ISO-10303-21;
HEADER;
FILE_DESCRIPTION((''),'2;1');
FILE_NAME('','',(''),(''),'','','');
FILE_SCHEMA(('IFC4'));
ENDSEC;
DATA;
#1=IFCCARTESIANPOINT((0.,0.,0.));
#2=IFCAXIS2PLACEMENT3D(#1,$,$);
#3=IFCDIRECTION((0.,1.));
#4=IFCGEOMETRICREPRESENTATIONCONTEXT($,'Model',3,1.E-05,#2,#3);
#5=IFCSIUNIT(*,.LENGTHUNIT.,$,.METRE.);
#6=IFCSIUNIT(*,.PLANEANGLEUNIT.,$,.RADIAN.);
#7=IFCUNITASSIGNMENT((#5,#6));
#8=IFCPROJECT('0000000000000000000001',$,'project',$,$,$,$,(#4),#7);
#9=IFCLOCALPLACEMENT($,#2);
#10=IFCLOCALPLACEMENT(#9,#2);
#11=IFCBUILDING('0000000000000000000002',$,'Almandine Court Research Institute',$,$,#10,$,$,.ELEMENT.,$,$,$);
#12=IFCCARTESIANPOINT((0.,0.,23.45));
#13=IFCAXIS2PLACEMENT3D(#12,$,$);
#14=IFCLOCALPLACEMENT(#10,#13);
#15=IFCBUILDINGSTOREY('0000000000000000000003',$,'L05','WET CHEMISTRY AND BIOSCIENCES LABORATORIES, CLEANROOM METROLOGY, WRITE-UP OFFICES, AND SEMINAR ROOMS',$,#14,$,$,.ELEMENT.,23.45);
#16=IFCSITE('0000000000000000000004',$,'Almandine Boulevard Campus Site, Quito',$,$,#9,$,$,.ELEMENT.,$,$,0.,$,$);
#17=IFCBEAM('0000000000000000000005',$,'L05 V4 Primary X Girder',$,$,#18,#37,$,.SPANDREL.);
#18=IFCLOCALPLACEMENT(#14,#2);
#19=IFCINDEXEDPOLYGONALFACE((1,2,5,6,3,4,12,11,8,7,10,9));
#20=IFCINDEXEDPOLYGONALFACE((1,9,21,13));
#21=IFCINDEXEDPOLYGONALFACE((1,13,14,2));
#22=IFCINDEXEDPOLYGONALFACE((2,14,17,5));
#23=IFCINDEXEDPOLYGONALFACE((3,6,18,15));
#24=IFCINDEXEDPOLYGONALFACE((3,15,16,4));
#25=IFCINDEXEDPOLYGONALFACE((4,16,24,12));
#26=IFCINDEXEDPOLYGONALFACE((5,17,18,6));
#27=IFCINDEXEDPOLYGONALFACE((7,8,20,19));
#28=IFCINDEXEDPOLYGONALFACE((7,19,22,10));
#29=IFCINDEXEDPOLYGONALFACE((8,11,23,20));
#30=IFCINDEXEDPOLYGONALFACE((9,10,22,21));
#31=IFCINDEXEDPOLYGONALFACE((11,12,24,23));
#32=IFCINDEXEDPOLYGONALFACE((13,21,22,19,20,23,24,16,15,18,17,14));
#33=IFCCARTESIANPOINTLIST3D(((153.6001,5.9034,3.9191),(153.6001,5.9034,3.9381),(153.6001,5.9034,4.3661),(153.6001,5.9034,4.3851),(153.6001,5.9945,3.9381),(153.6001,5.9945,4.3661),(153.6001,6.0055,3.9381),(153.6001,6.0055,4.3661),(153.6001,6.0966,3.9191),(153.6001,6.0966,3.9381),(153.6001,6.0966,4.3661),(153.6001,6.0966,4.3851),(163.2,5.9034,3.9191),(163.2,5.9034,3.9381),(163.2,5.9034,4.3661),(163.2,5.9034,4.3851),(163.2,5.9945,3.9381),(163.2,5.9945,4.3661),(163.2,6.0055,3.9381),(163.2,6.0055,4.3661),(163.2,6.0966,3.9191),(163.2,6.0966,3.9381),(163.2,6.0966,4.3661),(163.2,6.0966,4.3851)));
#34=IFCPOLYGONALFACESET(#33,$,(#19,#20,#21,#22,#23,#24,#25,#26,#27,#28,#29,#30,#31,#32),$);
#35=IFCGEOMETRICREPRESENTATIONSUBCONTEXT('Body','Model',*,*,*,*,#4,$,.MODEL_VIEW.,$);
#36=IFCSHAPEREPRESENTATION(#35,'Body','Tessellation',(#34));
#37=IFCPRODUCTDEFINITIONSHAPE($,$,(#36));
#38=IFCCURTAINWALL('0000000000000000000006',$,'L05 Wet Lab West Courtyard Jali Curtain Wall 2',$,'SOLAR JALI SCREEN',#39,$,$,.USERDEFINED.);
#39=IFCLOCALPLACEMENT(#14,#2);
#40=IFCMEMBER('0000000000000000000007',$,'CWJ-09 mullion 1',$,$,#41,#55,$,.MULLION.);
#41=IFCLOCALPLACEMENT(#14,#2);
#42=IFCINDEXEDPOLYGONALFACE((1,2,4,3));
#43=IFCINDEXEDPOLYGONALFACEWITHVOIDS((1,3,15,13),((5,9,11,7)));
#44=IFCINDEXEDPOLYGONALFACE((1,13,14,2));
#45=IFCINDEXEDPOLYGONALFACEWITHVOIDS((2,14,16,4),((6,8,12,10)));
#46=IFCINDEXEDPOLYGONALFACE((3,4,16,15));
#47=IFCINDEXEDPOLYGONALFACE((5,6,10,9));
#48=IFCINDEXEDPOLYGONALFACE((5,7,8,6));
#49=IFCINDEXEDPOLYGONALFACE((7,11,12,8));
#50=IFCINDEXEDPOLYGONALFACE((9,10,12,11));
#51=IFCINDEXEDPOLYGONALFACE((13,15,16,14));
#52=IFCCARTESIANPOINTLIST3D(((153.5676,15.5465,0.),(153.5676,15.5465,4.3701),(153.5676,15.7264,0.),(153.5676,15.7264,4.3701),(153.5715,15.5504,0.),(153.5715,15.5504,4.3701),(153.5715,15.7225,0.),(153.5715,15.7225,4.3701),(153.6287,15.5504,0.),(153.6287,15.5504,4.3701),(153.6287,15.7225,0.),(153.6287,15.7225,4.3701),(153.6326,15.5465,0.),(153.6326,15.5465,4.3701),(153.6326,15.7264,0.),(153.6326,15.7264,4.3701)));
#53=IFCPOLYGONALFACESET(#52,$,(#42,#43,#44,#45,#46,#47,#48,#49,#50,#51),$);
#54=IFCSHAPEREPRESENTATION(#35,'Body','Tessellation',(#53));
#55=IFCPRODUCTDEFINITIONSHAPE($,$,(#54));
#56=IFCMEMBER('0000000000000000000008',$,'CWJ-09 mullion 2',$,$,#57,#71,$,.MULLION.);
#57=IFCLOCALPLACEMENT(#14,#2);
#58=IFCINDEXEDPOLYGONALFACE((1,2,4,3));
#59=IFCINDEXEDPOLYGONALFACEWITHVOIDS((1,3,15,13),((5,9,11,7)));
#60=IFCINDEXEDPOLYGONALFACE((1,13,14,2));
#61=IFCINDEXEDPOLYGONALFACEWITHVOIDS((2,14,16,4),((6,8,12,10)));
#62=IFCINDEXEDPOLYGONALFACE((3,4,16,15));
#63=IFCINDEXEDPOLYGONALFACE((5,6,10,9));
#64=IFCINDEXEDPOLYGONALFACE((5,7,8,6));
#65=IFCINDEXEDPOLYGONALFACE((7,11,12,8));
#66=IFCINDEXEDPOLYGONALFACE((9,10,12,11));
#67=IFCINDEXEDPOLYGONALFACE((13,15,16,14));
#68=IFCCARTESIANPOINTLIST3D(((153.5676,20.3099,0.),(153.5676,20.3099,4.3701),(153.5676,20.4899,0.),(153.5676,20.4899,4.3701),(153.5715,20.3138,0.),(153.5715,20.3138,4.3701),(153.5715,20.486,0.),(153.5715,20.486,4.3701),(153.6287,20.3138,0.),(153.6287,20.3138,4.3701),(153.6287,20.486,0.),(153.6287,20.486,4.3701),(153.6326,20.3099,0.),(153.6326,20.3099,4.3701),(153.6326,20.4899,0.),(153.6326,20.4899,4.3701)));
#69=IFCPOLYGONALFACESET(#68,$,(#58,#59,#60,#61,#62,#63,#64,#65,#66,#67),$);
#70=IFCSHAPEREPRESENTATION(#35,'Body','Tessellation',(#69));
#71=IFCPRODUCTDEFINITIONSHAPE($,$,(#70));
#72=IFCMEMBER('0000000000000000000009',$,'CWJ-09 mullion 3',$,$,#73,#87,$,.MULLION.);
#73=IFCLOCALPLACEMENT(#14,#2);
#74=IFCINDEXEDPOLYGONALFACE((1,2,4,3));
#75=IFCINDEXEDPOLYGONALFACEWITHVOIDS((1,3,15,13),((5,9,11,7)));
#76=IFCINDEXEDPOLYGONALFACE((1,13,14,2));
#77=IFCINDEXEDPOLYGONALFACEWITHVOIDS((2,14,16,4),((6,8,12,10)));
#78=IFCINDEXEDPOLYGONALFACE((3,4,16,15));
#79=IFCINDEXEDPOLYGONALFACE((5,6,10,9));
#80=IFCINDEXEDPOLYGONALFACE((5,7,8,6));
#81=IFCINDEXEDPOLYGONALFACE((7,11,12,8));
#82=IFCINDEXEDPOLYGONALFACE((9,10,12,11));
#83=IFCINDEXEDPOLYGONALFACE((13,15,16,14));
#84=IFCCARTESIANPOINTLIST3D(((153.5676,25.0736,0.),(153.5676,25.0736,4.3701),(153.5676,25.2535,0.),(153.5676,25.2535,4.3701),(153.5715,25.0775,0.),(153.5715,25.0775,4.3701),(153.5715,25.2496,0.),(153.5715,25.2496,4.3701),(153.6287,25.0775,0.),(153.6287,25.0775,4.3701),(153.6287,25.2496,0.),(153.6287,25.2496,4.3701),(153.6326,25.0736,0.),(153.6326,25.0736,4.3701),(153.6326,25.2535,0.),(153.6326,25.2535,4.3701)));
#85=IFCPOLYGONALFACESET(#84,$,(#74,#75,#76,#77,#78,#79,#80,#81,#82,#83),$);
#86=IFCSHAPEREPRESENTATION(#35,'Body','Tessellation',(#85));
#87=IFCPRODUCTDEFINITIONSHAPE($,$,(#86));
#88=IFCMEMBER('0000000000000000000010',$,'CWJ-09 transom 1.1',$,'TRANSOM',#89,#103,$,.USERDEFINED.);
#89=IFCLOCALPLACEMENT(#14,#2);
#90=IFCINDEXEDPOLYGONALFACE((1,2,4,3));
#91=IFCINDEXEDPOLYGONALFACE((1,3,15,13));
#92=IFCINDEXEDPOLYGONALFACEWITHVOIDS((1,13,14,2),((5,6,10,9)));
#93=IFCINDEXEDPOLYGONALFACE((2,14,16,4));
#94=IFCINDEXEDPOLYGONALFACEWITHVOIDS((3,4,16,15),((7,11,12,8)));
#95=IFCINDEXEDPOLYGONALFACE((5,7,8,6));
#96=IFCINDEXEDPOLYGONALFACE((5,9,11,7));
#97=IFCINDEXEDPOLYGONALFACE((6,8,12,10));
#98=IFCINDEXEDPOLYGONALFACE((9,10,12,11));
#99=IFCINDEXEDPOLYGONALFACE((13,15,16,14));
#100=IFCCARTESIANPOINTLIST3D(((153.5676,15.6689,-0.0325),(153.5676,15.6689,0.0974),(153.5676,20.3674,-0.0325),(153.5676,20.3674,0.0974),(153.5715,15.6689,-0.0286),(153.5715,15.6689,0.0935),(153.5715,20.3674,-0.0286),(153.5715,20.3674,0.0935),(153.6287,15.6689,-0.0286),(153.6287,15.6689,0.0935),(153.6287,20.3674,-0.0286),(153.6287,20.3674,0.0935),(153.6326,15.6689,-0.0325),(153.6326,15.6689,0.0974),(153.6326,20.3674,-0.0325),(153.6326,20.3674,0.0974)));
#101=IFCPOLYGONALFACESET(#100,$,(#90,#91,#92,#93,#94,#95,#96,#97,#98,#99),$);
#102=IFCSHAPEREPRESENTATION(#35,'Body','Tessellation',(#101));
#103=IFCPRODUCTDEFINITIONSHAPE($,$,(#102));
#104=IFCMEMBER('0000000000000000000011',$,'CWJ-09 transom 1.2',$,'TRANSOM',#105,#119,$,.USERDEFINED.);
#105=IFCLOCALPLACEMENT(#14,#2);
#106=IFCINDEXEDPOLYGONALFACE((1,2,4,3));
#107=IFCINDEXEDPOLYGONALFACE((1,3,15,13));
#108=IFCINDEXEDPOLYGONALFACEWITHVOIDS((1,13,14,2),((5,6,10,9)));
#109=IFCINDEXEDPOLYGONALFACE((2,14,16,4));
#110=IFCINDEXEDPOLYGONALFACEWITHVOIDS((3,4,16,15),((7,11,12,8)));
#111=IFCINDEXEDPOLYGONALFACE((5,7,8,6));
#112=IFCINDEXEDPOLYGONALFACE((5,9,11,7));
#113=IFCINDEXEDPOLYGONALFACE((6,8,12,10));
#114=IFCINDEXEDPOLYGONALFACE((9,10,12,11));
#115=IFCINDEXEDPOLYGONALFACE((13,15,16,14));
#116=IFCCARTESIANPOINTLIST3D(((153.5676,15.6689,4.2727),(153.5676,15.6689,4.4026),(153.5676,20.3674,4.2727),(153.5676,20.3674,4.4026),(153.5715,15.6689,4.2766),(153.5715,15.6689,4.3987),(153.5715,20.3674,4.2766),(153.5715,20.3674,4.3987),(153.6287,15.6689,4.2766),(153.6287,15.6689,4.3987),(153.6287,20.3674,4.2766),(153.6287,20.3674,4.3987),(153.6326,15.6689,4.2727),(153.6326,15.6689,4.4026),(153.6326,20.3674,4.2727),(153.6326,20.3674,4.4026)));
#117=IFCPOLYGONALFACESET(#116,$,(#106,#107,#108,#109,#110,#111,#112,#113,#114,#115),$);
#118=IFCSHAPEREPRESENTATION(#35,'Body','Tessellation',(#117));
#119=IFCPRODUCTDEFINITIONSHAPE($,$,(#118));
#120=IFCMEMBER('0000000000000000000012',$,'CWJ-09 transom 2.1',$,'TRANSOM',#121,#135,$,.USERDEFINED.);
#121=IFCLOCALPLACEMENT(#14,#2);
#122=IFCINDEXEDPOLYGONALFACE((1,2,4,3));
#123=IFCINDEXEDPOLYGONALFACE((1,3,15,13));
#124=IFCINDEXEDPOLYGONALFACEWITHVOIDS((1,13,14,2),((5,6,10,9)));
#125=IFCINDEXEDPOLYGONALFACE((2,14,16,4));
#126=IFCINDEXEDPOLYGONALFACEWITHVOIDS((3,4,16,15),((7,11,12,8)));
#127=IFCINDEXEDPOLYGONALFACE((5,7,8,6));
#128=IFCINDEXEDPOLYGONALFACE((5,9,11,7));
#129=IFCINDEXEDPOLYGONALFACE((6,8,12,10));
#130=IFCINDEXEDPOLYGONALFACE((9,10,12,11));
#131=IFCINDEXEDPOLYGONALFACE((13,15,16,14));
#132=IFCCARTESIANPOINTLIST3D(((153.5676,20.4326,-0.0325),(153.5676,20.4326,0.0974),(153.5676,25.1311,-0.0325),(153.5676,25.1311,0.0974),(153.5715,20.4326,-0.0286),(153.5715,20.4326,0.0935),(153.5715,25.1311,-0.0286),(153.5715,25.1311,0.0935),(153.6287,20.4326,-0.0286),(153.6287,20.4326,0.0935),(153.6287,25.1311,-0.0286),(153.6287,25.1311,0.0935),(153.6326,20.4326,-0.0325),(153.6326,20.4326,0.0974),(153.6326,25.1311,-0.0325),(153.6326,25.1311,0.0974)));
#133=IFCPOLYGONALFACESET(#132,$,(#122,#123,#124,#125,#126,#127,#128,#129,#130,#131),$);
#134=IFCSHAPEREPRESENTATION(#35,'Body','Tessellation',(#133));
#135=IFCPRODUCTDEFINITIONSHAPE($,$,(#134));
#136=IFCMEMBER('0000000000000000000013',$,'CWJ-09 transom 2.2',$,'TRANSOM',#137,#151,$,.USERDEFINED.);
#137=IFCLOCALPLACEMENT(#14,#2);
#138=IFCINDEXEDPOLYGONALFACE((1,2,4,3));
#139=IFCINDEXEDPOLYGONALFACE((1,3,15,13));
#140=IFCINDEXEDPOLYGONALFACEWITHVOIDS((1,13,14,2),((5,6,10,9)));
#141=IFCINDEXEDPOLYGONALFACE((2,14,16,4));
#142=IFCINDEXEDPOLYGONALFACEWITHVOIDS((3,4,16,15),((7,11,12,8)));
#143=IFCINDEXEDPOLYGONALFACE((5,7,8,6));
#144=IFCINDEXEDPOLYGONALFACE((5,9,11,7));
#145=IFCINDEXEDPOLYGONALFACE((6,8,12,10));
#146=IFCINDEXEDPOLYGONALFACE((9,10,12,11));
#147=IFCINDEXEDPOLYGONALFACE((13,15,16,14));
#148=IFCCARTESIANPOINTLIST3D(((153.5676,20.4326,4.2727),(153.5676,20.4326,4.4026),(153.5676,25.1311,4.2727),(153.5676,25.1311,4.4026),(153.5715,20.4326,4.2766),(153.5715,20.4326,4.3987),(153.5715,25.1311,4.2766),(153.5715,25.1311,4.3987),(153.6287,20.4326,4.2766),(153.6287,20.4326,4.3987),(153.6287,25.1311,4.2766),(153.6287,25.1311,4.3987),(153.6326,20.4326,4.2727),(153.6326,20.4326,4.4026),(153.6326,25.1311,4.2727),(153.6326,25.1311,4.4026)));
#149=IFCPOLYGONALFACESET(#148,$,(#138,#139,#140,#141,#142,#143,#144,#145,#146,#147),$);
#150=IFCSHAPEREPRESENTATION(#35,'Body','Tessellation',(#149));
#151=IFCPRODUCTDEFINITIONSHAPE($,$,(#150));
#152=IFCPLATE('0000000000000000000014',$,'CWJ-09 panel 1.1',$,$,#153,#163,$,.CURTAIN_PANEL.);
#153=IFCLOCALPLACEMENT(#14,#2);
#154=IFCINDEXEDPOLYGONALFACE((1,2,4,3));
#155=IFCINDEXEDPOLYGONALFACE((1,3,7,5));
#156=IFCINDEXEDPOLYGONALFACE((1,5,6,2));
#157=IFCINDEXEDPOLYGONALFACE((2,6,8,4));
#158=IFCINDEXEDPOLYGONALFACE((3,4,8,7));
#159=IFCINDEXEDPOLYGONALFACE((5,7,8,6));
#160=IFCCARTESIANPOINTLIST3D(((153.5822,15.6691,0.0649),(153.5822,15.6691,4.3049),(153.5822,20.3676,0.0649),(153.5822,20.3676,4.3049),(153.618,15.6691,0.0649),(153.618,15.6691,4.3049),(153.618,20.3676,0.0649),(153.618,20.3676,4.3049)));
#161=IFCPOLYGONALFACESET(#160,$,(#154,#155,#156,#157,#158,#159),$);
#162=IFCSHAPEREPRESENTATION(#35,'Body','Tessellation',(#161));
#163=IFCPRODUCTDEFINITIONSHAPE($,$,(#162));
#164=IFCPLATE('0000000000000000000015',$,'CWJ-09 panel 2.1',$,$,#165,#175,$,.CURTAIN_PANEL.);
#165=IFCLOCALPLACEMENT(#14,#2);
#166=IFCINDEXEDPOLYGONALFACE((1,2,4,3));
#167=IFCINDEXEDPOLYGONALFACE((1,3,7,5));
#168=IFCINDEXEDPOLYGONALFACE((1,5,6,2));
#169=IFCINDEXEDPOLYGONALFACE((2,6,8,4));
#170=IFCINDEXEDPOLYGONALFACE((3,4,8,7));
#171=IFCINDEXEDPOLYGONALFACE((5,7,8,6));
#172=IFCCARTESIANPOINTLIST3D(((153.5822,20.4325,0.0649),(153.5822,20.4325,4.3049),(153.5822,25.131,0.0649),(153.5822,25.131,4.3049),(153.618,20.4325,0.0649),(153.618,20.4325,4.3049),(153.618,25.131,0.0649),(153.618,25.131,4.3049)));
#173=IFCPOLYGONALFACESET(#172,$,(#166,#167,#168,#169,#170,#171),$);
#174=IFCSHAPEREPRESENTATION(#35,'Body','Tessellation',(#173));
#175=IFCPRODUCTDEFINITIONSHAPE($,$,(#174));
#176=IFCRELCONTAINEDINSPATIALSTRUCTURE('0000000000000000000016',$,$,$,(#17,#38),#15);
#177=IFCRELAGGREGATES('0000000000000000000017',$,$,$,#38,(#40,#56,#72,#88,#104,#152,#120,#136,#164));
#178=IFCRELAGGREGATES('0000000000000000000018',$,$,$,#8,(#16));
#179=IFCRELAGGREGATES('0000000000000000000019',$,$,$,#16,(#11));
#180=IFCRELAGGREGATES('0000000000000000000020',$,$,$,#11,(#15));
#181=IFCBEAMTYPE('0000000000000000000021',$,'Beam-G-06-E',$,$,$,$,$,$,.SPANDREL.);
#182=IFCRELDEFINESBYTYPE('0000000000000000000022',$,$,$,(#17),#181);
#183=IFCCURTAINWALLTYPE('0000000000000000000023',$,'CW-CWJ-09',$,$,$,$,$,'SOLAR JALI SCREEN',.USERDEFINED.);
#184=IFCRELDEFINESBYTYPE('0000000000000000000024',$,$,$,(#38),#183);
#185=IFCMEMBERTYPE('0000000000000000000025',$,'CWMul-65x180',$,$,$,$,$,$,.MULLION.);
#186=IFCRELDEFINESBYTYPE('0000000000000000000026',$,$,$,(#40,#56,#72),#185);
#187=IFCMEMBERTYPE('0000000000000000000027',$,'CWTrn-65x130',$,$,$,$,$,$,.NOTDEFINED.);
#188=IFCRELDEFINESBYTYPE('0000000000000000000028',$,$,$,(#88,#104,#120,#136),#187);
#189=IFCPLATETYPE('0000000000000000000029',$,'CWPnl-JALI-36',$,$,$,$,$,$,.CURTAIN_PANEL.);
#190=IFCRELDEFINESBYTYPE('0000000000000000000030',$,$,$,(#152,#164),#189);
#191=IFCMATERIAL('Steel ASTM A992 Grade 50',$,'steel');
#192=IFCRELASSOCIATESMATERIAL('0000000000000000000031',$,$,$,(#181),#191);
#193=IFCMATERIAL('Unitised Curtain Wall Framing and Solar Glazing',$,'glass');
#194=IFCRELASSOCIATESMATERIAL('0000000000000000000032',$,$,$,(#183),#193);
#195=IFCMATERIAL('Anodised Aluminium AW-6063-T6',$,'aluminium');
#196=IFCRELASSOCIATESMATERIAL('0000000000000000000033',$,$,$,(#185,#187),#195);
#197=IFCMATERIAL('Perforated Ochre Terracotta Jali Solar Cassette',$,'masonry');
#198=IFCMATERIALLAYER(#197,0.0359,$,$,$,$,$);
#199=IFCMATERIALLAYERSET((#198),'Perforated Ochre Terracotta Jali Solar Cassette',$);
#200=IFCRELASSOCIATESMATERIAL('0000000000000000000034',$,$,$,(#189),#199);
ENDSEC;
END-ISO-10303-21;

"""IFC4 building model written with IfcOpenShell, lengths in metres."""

from ifc_helpers import new_model, si_unit, direction, frame, origin, origin_2d, place, context, subcontext, project, spatial, rectangle, hollow_rectangle, i_section, extrude, material, layer, layer_set, material_profile, profile_set, type_object, element, aggregate, save


model = new_model("IFC4")

# Units and contexts
model_context = context("Model", 3, precision=1e-05, world=origin(), true_north=direction((0.0, 1.0)))
body_context = subcontext(model_context, "Body", "Model", "MODEL_VIEW")
ifc_project = project(units=[si_unit("LENGTHUNIT", "METRE"), si_unit("PLANEANGLEUNIT", "RADIAN")], contexts=[model_context])

# Site, building, storey
site_placement = place(None, origin())
site = spatial("IfcSite", under=ifc_project, at=site_placement, Name="Almandine Boulevard Campus Site, Quito", CompositionType="ELEMENT", RefElevation=0.0)
building_placement = place(site_placement, origin())
building = spatial("IfcBuilding", under=site, at=building_placement, Name="Almandine Court Research Institute", CompositionType="ELEMENT")
storey_placement = place(building_placement, frame((0.0, 0.0, 23.45)))
storey = spatial("IfcBuildingStorey", under=building, at=storey_placement, Name="L05", Description="WET CHEMISTRY AND BIOSCIENCES LABORATORIES, CLEANROOM METROLOGY, WRITE-UP OFFICES, AND SEMINAR ROOMS", CompositionType="ELEMENT", Elevation=23.45)

# Shared definitions
ifc_material_1 = material(Name="Steel ASTM A992 Grade 50", Category="steel")

# Beam
ifc_material_profile_1 = material_profile(ifc_material_1, i_section(OverallWidth=0.1931, OverallDepth=0.4661, WebThickness=0.011, FlangeThickness=0.019, at=origin_2d()), Name="W460x97")
ifc_profile_set_1 = profile_set([ifc_material_profile_1], Name="Steel ASTM A992 Grade 50")
beam_type_1 = type_object("IfcBeamType", Name="Beam-G-06-E", PredefinedType="SPANDREL", material=ifc_profile_set_1)
beam_1_placement = place(storey_placement, frame((153.6001, 6.0, 4.1521), z_axis=(1.0, 0.0, 0.0), x_axis=(0.0, 1.0, 0.0)))
element("IfcBeam", 1, at=beam_1_placement, inside=storey, type_object=beam_type_1, Name="L05 V4 Primary X Girder", PredefinedType="SPANDREL", context=body_context, shape_type="SweptSolid", body=[
    extrude(i_section(OverallWidth=0.1931, OverallDepth=0.4661, WebThickness=0.011, FlangeThickness=0.019, at=origin_2d()), origin(), (0.0, 0.0, 1.0), 9.5999),
])

# Curtain wall, members, plates
ifc_material_2 = material(Name="Unitised Curtain Wall Framing and Solar Glazing", Category="glass")
curtain_wall_type = type_object("IfcCurtainWallType", Name="CW-CWJ-09", ElementType="SOLAR JALI SCREEN", PredefinedType="USERDEFINED", material=ifc_material_2)
curtain_wall_placement = place(storey_placement, origin())
curtain_wall = element("IfcCurtainWall", 2, at=curtain_wall_placement, inside=storey, type_object=curtain_wall_type, Name="L05 Wet Lab West Courtyard Jali Curtain Wall 2", ObjectType="SOLAR JALI SCREEN", PredefinedType="USERDEFINED")
ifc_material_3 = material(Name="Anodised Aluminium AW-6063-T6", Category="aluminium")
ifc_material_profile_2 = material_profile(ifc_material_3, hollow_rectangle(XDim=0.0649, YDim=0.1799, WallThickness=0.0039, at=origin_2d()), Name="ALU RHS 65x180x4")
ifc_profile_set_2 = profile_set([ifc_material_profile_2], Name="Anodised Aluminium AW-6063-T6")
member_type_1 = type_object("IfcMemberType", Name="CWMul-65x180", PredefinedType="MULLION", material=ifc_profile_set_2)
member_1_placement = place(storey_placement, frame((153.6001, 15.6365, 0.0), z_axis=(0.0, 0.0, 1.0), x_axis=(-1.0, 0.0, 0.0)))
member_1 = element("IfcMember", 3, at=member_1_placement, type_object=member_type_1, Name="CWJ-09 mullion 1", PredefinedType="MULLION", context=body_context, shape_type="SweptSolid", body=[
    extrude(hollow_rectangle(XDim=0.0649, YDim=0.1799, WallThickness=0.0039, at=origin_2d()), origin(), (0.0, 0.0, 1.0), 4.3701),
])
member_2_placement = place(storey_placement, frame((153.6001, 20.3999, 0.0), z_axis=(0.0, 0.0, 1.0), x_axis=(-1.0, 0.0, 0.0)))
member_2 = element("IfcMember", 4, at=member_2_placement, type_object=member_type_1, Name="CWJ-09 mullion 2", PredefinedType="MULLION", context=body_context, shape_type="SweptSolid", body=[
    extrude(hollow_rectangle(XDim=0.0649, YDim=0.1799, WallThickness=0.0039, at=origin_2d()), origin(), (0.0, 0.0, 1.0), 4.3701),
])
member_3_placement = place(storey_placement, frame((153.6001, 25.1636, 0.0), z_axis=(0.0, 0.0, 1.0), x_axis=(-1.0, 0.0, 0.0)))
member_3 = element("IfcMember", 5, at=member_3_placement, type_object=member_type_1, Name="CWJ-09 mullion 3", PredefinedType="MULLION", context=body_context, shape_type="SweptSolid", body=[
    extrude(hollow_rectangle(XDim=0.0649, YDim=0.1799, WallThickness=0.0039, at=origin_2d()), origin(), (0.0, 0.0, 1.0), 4.3701),
])
ifc_material_profile_3 = material_profile(ifc_material_3, hollow_rectangle(XDim=0.0649, YDim=0.1299, WallThickness=0.0039, at=origin_2d()), Name="ALU RHS 65x130x4")
ifc_profile_set_3 = profile_set([ifc_material_profile_3], Name="Anodised Aluminium AW-6063-T6")
member_type_2 = type_object("IfcMemberType", Name="CWTrn-65x130", PredefinedType="NOTDEFINED", material=ifc_profile_set_3)
member_4_placement = place(storey_placement, frame((153.6001, 15.6689, 0.0325), z_axis=(0.0, 1.0, 0.0), x_axis=(-1.0, 0.0, 0.0)))
member_4 = element("IfcMember", 6, at=member_4_placement, type_object=member_type_2, Name="CWJ-09 transom 1.1", ObjectType="TRANSOM", PredefinedType="USERDEFINED", context=body_context, shape_type="SweptSolid", body=[
    extrude(hollow_rectangle(XDim=0.0649, YDim=0.1299, WallThickness=0.0039, at=origin_2d()), origin(), (0.0, 0.0, 1.0), 4.6985),
])
member_5_placement = place(storey_placement, frame((153.6001, 15.6689, 4.3376), z_axis=(0.0, 1.0, 0.0), x_axis=(-1.0, 0.0, 0.0)))
member_5 = element("IfcMember", 7, at=member_5_placement, type_object=member_type_2, Name="CWJ-09 transom 1.2", ObjectType="TRANSOM", PredefinedType="USERDEFINED", context=body_context, shape_type="SweptSolid", body=[
    extrude(hollow_rectangle(XDim=0.0649, YDim=0.1299, WallThickness=0.0039, at=origin_2d()), origin(), (0.0, 0.0, 1.0), 4.6985),
])
member_6_placement = place(storey_placement, frame((153.6001, 20.4326, 0.0325), z_axis=(0.0, 1.0, 0.0), x_axis=(-1.0, 0.0, 0.0)))
member_6 = element("IfcMember", 8, at=member_6_placement, type_object=member_type_2, Name="CWJ-09 transom 2.1", ObjectType="TRANSOM", PredefinedType="USERDEFINED", context=body_context, shape_type="SweptSolid", body=[
    extrude(hollow_rectangle(XDim=0.0649, YDim=0.1299, WallThickness=0.0039, at=origin_2d()), origin(), (0.0, 0.0, 1.0), 4.6985),
])
member_7_placement = place(storey_placement, frame((153.6001, 20.4326, 4.3376), z_axis=(0.0, 1.0, 0.0), x_axis=(-1.0, 0.0, 0.0)))
member_7 = element("IfcMember", 9, at=member_7_placement, type_object=member_type_2, Name="CWJ-09 transom 2.2", ObjectType="TRANSOM", PredefinedType="USERDEFINED", context=body_context, shape_type="SweptSolid", body=[
    extrude(hollow_rectangle(XDim=0.0649, YDim=0.1299, WallThickness=0.0039, at=origin_2d()), origin(), (0.0, 0.0, 1.0), 4.6985),
])
ifc_material_4 = material(Name="Perforated Ochre Terracotta Jali Solar Cassette", Category="masonry")
ifc_layer_1 = layer(ifc_material_4, 0.0359)
ifc_layer_set_1 = layer_set([ifc_layer_1], Name="Perforated Ochre Terracotta Jali Solar Cassette")
plate_type = type_object("IfcPlateType", Name="CWPnl-JALI-36", PredefinedType="CURTAIN_PANEL", material=ifc_layer_set_1)
plate_1_placement = place(storey_placement, frame((153.6001, 18.0183, 0.0649), z_axis=(0.0, 0.0, 1.0), x_axis=(0.0, 1.0, 0.0)))
plate_1 = element("IfcPlate", 10, at=plate_1_placement, type_object=plate_type, Name="CWJ-09 panel 1.1", PredefinedType="CURTAIN_PANEL", context=body_context, shape_type="SweptSolid", body=[
    extrude(rectangle(XDim=4.6985, YDim=0.0359, at=origin_2d()), origin(), (0.0, 0.0, 1.0), 4.24),
])
plate_2_placement = place(storey_placement, frame((153.6001, 22.7817, 0.0649), z_axis=(0.0, 0.0, 1.0), x_axis=(0.0, 1.0, 0.0)))
plate_2 = element("IfcPlate", 11, at=plate_2_placement, type_object=plate_type, Name="CWJ-09 panel 2.1", PredefinedType="CURTAIN_PANEL", context=body_context, shape_type="SweptSolid", body=[
    extrude(rectangle(XDim=4.6985, YDim=0.0359, at=origin_2d()), origin(), (0.0, 0.0, 1.0), 4.24),
])
aggregate(curtain_wall, [member_1, member_2, member_3, member_4, member_5, plate_1, member_6, member_7, plate_2])

save(model, "model.ifc")
